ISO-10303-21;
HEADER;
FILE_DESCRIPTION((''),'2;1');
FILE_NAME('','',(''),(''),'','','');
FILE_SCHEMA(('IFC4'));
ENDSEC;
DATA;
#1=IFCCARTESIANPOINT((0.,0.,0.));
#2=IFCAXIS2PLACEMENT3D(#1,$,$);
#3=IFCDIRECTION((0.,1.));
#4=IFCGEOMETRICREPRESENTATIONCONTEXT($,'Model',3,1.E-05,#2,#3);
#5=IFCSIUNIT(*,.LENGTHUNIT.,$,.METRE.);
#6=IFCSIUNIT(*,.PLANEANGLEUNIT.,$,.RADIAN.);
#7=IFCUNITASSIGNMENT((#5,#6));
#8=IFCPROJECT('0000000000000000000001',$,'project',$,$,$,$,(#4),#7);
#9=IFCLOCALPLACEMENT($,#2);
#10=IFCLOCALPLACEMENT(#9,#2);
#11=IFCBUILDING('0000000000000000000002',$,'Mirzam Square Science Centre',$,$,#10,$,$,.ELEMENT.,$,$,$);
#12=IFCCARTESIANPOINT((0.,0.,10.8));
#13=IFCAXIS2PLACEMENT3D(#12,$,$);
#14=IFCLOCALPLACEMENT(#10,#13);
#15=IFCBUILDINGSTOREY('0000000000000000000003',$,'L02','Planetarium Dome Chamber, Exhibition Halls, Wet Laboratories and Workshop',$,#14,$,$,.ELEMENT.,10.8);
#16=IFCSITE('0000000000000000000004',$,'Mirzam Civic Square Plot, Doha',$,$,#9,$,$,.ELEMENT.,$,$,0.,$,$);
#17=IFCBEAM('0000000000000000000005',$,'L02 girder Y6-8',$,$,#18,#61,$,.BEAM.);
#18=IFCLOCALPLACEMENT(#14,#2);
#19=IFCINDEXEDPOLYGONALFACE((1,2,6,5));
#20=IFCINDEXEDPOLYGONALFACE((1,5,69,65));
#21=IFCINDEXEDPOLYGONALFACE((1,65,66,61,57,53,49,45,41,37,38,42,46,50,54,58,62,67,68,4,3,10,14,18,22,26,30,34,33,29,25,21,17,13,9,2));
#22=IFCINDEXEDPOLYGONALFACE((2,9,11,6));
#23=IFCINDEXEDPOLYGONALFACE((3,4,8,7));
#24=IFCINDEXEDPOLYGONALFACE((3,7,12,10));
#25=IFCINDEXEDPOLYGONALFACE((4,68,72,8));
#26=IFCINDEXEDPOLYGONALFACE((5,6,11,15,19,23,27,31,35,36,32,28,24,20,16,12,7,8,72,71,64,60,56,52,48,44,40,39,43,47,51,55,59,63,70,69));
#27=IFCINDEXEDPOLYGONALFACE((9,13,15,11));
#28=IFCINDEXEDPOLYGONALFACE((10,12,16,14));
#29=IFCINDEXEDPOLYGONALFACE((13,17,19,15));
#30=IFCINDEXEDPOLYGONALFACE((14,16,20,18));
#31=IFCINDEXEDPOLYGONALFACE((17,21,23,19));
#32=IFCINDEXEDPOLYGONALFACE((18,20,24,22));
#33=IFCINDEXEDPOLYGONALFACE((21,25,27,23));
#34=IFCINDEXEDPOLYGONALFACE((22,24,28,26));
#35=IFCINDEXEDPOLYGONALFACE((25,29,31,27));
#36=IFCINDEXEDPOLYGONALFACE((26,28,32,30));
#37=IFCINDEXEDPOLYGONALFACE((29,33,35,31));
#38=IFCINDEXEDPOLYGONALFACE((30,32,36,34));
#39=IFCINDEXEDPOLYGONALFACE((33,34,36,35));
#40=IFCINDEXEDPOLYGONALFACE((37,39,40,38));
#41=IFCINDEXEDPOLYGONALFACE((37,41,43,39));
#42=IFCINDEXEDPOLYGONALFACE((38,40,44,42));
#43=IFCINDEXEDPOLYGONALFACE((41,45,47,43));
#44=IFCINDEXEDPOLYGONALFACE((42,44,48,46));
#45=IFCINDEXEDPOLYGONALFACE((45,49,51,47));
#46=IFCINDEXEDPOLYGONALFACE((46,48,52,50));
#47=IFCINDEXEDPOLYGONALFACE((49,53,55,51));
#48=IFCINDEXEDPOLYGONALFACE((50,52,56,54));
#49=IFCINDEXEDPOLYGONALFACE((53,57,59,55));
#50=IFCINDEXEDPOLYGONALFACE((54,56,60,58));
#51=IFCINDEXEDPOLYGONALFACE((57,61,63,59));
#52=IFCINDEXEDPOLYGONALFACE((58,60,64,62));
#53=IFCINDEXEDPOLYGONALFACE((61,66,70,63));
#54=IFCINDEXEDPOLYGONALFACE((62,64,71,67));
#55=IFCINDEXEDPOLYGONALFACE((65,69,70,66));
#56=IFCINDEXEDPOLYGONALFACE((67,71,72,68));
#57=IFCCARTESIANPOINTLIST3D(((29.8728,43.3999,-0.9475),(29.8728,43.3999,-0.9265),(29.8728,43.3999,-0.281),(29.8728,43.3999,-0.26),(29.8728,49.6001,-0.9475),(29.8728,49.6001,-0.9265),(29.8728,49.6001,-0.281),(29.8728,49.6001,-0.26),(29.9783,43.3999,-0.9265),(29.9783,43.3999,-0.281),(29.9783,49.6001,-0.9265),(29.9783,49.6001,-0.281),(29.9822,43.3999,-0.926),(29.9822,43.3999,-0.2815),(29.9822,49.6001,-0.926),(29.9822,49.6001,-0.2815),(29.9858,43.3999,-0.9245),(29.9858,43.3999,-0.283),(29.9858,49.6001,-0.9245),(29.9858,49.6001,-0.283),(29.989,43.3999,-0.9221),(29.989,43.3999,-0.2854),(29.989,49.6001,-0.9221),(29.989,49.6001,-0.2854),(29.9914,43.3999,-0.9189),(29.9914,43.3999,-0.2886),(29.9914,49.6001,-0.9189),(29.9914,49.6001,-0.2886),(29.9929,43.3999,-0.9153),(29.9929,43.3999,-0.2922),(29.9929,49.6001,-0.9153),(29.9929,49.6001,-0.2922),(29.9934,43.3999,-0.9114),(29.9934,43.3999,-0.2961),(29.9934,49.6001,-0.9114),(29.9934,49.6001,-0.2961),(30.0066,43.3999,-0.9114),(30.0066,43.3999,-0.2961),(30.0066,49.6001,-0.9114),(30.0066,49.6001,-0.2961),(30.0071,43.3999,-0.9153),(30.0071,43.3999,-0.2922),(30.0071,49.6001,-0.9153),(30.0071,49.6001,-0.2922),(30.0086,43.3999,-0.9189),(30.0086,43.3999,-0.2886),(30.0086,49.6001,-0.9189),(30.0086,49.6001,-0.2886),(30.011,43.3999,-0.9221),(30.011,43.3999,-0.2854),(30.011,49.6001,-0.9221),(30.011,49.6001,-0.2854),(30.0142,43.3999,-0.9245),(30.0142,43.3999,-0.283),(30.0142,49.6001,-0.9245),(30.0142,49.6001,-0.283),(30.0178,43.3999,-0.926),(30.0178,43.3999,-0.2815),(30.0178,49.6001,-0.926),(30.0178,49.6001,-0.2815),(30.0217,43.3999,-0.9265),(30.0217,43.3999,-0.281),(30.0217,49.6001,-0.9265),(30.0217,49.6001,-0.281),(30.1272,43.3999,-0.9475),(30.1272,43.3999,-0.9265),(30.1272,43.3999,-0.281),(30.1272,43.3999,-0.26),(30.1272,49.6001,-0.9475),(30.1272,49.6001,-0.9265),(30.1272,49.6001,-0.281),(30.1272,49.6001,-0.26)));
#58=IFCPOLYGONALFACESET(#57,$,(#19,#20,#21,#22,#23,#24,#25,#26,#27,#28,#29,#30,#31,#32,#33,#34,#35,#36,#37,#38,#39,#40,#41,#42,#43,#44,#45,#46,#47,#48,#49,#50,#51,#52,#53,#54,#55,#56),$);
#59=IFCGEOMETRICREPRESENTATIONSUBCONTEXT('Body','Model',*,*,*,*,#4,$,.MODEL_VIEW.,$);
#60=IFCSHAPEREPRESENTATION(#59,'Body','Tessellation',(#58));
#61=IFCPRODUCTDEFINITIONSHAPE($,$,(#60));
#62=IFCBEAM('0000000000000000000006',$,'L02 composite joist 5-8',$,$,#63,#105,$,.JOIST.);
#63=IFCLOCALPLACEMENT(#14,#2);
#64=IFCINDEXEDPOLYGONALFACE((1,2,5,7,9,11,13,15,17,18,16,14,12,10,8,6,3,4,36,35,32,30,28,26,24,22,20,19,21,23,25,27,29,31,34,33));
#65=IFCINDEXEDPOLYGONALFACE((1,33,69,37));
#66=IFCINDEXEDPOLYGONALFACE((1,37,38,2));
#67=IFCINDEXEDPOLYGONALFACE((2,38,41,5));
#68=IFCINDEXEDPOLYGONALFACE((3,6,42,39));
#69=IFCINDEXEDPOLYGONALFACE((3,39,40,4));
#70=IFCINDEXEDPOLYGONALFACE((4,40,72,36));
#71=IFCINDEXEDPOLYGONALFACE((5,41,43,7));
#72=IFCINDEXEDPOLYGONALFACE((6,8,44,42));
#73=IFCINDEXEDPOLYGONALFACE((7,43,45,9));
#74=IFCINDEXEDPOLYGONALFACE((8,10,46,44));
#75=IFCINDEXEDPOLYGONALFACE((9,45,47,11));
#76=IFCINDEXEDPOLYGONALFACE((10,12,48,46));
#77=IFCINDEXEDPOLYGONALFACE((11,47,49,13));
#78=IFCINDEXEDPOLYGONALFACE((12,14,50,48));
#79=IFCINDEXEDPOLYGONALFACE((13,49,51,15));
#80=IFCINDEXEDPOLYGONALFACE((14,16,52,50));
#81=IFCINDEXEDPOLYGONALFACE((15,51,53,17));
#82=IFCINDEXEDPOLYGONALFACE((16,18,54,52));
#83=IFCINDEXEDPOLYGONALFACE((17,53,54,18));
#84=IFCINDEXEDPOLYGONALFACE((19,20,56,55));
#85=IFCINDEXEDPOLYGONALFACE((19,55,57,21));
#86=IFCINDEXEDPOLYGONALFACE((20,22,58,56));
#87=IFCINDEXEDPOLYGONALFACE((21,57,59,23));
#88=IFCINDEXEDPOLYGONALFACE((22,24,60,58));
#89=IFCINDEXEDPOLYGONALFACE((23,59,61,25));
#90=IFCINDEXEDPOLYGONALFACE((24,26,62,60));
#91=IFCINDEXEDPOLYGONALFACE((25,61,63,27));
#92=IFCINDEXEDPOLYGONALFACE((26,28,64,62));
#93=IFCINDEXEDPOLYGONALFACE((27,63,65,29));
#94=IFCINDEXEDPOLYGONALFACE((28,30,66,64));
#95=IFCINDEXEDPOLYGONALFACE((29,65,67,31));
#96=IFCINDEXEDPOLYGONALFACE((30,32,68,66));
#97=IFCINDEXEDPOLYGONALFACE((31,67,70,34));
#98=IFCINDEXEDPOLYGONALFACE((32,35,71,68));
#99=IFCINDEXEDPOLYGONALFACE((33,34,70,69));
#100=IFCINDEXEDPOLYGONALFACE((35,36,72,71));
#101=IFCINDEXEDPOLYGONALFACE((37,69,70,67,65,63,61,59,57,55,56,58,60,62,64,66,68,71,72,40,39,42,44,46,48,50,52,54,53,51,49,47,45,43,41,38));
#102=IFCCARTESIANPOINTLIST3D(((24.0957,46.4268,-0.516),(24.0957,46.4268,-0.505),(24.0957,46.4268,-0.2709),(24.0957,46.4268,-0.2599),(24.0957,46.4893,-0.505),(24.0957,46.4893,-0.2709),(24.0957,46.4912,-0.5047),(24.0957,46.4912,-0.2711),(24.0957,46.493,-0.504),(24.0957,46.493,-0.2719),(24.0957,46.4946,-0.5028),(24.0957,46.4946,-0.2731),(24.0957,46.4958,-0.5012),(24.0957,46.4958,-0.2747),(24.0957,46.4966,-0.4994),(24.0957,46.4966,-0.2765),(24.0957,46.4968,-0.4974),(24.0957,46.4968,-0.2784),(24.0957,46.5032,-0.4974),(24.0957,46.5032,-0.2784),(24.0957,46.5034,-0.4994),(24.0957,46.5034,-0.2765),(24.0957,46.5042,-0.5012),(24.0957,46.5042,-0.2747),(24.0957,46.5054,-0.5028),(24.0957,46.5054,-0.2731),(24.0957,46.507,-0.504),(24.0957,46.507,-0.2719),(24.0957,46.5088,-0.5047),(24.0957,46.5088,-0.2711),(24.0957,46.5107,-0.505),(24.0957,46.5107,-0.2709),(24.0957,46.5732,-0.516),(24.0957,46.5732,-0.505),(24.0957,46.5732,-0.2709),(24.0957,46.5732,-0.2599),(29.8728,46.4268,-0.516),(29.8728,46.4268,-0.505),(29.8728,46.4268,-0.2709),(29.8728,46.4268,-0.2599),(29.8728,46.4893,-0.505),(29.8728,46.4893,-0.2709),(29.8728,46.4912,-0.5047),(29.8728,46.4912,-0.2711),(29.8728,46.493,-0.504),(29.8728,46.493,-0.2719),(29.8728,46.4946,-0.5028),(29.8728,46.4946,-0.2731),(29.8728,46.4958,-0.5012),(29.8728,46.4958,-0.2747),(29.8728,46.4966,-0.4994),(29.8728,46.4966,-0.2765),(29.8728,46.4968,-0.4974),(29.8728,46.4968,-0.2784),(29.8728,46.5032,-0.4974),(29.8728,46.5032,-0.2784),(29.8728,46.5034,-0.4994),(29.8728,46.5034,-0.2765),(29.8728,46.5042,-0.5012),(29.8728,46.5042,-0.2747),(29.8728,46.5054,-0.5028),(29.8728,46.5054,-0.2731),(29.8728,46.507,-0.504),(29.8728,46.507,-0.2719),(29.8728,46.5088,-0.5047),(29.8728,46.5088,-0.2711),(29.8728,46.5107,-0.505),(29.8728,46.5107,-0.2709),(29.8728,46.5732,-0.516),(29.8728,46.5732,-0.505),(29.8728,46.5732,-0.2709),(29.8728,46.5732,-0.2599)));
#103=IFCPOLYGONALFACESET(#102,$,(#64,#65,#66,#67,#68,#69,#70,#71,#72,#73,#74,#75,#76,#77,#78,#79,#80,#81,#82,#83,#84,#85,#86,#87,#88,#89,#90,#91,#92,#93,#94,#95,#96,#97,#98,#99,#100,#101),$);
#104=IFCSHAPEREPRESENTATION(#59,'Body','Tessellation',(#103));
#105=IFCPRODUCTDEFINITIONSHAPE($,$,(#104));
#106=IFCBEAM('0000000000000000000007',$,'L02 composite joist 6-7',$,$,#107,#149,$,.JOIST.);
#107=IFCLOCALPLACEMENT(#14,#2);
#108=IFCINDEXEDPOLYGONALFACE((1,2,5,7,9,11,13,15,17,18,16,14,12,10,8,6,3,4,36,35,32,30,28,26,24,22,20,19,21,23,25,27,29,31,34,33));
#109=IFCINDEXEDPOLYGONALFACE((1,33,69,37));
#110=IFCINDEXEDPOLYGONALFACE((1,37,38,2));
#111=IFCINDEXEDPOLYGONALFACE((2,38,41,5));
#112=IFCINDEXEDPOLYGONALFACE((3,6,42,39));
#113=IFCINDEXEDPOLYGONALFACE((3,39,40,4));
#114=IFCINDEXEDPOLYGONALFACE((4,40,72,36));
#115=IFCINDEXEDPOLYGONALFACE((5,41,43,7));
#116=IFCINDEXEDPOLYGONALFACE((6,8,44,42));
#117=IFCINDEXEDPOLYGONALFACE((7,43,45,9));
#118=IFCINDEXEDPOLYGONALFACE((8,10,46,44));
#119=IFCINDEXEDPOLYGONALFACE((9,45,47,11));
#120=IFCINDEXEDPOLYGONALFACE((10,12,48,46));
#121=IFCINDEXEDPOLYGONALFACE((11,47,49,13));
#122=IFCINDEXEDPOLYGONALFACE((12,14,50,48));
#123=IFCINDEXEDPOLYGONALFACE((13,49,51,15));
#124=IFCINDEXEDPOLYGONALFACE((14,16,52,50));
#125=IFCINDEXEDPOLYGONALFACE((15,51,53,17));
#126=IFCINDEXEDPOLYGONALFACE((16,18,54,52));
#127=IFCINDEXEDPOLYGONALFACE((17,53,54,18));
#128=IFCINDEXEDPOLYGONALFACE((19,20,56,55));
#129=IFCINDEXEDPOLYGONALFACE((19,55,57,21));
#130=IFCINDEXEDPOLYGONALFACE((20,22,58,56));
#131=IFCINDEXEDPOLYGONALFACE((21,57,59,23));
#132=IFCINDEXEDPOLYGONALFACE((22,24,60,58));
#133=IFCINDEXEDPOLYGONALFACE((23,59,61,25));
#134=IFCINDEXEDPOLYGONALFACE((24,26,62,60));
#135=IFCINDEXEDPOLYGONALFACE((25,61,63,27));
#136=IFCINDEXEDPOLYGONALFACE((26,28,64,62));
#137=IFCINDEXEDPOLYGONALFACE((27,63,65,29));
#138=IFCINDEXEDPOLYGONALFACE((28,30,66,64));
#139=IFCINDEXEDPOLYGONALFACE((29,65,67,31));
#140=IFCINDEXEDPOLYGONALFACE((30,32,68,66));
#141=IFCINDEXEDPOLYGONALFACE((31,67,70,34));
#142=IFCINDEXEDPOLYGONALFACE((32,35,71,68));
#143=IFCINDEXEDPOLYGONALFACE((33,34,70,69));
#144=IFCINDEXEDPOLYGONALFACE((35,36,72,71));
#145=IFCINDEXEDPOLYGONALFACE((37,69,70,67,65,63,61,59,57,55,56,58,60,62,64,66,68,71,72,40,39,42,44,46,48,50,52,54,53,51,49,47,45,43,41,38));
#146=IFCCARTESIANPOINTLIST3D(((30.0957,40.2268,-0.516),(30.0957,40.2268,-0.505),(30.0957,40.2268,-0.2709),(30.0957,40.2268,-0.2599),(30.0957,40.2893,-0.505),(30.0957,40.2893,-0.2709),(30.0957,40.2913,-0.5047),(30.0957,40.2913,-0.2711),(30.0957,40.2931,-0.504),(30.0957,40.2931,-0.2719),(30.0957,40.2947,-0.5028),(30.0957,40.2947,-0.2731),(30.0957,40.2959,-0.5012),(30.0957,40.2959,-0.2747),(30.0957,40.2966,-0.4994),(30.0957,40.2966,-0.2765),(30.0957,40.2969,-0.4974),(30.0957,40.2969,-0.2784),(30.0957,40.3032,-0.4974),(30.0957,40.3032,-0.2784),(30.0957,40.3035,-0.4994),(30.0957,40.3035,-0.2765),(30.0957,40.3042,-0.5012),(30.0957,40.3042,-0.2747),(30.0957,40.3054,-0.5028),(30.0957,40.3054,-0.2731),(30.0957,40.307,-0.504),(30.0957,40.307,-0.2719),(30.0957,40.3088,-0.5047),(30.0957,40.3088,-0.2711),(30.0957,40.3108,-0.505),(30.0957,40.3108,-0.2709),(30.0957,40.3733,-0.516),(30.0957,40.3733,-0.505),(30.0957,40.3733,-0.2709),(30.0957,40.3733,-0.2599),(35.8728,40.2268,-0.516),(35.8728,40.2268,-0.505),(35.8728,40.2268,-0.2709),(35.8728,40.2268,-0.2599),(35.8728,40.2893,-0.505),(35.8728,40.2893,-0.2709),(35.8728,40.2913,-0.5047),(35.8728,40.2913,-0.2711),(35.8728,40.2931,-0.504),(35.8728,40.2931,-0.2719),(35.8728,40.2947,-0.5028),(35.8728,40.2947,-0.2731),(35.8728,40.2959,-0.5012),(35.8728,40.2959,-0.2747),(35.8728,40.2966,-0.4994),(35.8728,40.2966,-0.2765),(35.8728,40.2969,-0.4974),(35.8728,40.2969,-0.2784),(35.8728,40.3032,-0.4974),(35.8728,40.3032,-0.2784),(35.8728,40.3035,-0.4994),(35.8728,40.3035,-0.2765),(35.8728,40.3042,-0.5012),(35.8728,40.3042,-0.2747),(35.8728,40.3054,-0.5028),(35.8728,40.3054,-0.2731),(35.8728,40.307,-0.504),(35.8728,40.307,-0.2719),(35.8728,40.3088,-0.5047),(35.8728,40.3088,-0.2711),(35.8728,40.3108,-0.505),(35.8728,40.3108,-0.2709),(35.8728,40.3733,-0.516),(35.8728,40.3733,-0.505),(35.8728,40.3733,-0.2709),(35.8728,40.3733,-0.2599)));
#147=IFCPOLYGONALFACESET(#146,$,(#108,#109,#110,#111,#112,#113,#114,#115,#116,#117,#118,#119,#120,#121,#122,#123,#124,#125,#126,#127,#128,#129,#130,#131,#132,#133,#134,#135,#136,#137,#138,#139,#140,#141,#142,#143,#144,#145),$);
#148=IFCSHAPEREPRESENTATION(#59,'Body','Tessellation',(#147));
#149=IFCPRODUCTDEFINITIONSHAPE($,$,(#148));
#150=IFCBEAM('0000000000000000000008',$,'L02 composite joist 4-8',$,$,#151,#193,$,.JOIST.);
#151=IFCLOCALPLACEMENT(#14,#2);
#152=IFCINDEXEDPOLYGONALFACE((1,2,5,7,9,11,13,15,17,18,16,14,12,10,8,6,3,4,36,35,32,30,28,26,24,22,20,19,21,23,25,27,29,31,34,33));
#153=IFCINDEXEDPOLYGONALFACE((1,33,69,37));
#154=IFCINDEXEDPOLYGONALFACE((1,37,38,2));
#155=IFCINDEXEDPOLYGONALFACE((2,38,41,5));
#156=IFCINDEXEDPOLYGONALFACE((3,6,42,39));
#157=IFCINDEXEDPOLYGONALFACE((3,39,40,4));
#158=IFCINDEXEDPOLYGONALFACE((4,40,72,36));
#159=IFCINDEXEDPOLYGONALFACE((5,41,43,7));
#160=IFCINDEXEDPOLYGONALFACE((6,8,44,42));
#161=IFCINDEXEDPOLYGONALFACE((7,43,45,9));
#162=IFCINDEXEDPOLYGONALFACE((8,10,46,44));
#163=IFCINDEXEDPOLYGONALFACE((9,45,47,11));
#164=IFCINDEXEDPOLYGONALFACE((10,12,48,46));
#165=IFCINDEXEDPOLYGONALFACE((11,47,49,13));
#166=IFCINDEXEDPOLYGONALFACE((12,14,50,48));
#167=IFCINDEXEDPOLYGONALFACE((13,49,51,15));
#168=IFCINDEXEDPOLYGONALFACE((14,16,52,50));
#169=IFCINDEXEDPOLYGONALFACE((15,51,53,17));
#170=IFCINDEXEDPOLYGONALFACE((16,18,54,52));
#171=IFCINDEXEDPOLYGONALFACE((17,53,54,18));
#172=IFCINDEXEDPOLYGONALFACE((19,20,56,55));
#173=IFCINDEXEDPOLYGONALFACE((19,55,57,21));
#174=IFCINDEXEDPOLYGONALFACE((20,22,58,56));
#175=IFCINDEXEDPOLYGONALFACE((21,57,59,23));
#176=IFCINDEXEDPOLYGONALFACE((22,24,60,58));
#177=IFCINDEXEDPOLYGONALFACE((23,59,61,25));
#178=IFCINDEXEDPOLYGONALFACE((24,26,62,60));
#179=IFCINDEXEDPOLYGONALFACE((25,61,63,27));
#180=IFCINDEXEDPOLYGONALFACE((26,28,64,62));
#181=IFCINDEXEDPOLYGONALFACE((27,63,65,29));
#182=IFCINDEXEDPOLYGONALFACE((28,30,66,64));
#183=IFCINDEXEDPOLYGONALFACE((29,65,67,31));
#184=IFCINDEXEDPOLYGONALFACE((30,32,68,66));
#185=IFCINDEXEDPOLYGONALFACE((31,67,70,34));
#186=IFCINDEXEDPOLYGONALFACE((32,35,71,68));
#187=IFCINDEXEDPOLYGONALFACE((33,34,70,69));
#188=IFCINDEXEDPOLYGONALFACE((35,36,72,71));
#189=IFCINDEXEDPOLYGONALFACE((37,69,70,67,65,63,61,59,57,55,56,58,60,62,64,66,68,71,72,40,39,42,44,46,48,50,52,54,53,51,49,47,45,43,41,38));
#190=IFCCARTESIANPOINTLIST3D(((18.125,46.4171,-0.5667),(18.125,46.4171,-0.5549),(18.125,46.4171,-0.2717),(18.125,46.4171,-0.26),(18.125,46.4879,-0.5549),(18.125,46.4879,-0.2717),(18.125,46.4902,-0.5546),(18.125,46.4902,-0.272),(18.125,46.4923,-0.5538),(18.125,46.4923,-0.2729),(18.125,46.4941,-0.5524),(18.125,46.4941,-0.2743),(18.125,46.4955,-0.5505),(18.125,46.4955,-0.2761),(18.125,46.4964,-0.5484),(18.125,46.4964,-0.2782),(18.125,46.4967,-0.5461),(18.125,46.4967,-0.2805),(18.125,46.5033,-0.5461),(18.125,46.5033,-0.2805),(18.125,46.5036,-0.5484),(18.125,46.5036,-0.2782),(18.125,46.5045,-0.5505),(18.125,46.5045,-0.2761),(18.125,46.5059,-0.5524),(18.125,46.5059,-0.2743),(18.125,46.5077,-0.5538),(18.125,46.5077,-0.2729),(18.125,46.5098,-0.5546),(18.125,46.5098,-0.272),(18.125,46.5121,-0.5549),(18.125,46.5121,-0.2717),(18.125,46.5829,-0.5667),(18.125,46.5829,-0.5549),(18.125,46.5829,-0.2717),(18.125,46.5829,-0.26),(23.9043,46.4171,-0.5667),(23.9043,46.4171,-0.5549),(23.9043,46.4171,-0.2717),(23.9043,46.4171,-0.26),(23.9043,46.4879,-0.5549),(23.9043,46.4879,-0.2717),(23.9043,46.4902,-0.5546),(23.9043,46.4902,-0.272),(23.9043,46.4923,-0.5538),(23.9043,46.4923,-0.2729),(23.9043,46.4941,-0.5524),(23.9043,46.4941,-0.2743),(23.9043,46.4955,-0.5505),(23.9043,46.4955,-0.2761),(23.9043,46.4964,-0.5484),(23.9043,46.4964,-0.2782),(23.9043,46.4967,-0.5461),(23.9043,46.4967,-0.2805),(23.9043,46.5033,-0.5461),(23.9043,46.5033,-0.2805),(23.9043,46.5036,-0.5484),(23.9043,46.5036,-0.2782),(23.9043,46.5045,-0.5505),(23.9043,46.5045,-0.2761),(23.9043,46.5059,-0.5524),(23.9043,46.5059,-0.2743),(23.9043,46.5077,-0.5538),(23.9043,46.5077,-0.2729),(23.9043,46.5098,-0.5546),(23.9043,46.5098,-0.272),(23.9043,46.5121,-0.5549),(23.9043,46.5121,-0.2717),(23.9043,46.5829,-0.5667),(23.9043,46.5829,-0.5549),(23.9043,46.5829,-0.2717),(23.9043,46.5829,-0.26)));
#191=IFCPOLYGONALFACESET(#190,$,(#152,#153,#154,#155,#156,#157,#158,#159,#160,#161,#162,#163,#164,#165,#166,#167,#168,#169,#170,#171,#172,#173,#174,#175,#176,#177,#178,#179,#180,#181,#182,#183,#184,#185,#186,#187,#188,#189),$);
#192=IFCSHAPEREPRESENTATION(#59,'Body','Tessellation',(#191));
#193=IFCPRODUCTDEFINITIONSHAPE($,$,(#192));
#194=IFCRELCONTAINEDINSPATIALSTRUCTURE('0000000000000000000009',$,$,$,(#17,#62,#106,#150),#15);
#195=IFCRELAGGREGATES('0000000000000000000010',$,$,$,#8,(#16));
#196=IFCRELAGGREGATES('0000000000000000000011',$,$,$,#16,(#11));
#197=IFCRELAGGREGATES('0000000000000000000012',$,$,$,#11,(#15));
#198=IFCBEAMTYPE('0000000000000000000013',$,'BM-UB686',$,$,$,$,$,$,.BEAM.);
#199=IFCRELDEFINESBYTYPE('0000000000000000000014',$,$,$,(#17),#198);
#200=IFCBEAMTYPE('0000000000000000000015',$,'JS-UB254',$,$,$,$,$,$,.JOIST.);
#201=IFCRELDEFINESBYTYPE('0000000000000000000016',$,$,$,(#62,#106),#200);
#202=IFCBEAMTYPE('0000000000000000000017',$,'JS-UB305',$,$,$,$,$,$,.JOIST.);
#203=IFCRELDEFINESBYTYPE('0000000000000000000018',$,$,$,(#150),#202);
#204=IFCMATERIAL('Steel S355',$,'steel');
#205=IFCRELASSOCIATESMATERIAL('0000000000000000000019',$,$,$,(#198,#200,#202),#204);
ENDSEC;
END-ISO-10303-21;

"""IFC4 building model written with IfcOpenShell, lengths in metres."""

from ifc_helpers import new_model, si_unit, direction, frame, origin, origin_2d, place, context, subcontext, project, spatial, i_section, extrude, material, material_profile, profile_set, type_object, element, save


model = new_model("IFC4")

# Units and contexts
model_context = context("Model", 3, precision=1e-05, world=origin(), true_north=direction((0.0, 1.0)))
body_context = subcontext(model_context, "Body", "Model", "MODEL_VIEW")
ifc_project = project(units=[si_unit("LENGTHUNIT", "METRE"), si_unit("PLANEANGLEUNIT", "RADIAN")], contexts=[model_context])

# Site, building, storey
site_placement = place(None, origin())
site = spatial("IfcSite", under=ifc_project, at=site_placement, Name="Mirzam Civic Square Plot, Doha", CompositionType="ELEMENT", RefElevation=0.0)
building_placement = place(site_placement, origin())
building = spatial("IfcBuilding", under=site, at=building_placement, Name="Mirzam Square Science Centre", CompositionType="ELEMENT")
storey_placement = place(building_placement, frame((0.0, 0.0, 10.8)))
storey = spatial("IfcBuildingStorey", under=building, at=storey_placement, Name="L02", Description="Planetarium Dome Chamber, Exhibition Halls, Wet Laboratories and Workshop", CompositionType="ELEMENT", Elevation=10.8)

# Shared definitions
ifc_material_1 = material(Name="Steel S355", Category="steel")

# Beams
ifc_material_profile_1 = material_profile(ifc_material_1, i_section(OverallWidth=0.2544, OverallDepth=0.6875, WebThickness=0.0132, FlangeThickness=0.021, FilletRadius=0.0151, at=origin_2d()), Name="686x254x152UB")
ifc_profile_set_1 = profile_set([ifc_material_profile_1], Name="Steel S355")
beam_type_1 = type_object("IfcBeamType", Name="BM-UB686", PredefinedType="BEAM", material=ifc_profile_set_1)
beam_1_placement = place(storey_placement, frame((30.0, 43.3999, -0.6038), z_axis=(0.0, 1.0, 0.0), x_axis=(-1.0, 0.0, 0.0)))
element("IfcBeam", 1, at=beam_1_placement, inside=storey, type_object=beam_type_1, Name="L02 girder Y6-8", PredefinedType="BEAM", context=body_context, shape_type="SweptSolid", body=[
    extrude(i_section(OverallWidth=0.2544, OverallDepth=0.6875, WebThickness=0.0132, FlangeThickness=0.021, FilletRadius=0.0151, at=origin_2d()), origin(), (0.0, 0.0, 1.0), 6.2002),
])
ifc_material_profile_2 = material_profile(ifc_material_1, i_section(OverallWidth=0.1465, OverallDepth=0.2561, WebThickness=0.0063, FlangeThickness=0.011, FilletRadius=0.0076, at=origin_2d()), Name="254x146x37UB")
ifc_profile_set_2 = profile_set([ifc_material_profile_2], Name="Steel S355")
beam_type_2 = type_object("IfcBeamType", Name="JS-UB254", PredefinedType="JOIST", material=ifc_profile_set_2)
for number, where, z_axis, x_axis, name in (
    (2, (24.0957, 46.5, -0.3879), (1.0, 0.0, 0.0), (0.0, 1.0, 0.0), "L02 composite joist 5-8"),
    (3, (30.0957, 40.3, -0.3879), (1.0, 0.0, 0.0), (0.0, 1.0, 0.0), "L02 composite joist 6-7"),
):
    element("IfcBeam", number, at=place(storey_placement, frame(where, z_axis=z_axis, x_axis=x_axis)), inside=storey, type_object=beam_type_2, Name=name, PredefinedType="JOIST", context=body_context, shape_type="SweptSolid", body=[
        extrude(i_section(OverallWidth=0.1465, OverallDepth=0.2561, WebThickness=0.0063, FlangeThickness=0.011, FilletRadius=0.0076, at=origin_2d()), origin(), (0.0, 0.0, 1.0), 5.7771),
    ])
ifc_material_profile_3 = material_profile(ifc_material_1, i_section(OverallWidth=0.1658, OverallDepth=0.3066, WebThickness=0.0066, FlangeThickness=0.0117, FilletRadius=0.0088, at=origin_2d()), Name="305x165x46UB")
ifc_profile_set_3 = profile_set([ifc_material_profile_3], Name="Steel S355")
beam_type_3 = type_object("IfcBeamType", Name="JS-UB305", PredefinedType="JOIST", material=ifc_profile_set_3)
beam_2_placement = place(storey_placement, frame((18.125, 46.5, -0.4133), z_axis=(1.0, 0.0, 0.0), x_axis=(0.0, 1.0, 0.0)))
element("IfcBeam", 4, at=beam_2_placement, inside=storey, type_object=beam_type_3, Name="L02 composite joist 4-8", PredefinedType="JOIST", context=body_context, shape_type="SweptSolid", body=[
    extrude(i_section(OverallWidth=0.1658, OverallDepth=0.3066, WebThickness=0.0066, FlangeThickness=0.0117, FilletRadius=0.0088, at=origin_2d()), origin(), (0.0, 0.0, 1.0), 5.7793),
])

save(model, "model.ifc")
